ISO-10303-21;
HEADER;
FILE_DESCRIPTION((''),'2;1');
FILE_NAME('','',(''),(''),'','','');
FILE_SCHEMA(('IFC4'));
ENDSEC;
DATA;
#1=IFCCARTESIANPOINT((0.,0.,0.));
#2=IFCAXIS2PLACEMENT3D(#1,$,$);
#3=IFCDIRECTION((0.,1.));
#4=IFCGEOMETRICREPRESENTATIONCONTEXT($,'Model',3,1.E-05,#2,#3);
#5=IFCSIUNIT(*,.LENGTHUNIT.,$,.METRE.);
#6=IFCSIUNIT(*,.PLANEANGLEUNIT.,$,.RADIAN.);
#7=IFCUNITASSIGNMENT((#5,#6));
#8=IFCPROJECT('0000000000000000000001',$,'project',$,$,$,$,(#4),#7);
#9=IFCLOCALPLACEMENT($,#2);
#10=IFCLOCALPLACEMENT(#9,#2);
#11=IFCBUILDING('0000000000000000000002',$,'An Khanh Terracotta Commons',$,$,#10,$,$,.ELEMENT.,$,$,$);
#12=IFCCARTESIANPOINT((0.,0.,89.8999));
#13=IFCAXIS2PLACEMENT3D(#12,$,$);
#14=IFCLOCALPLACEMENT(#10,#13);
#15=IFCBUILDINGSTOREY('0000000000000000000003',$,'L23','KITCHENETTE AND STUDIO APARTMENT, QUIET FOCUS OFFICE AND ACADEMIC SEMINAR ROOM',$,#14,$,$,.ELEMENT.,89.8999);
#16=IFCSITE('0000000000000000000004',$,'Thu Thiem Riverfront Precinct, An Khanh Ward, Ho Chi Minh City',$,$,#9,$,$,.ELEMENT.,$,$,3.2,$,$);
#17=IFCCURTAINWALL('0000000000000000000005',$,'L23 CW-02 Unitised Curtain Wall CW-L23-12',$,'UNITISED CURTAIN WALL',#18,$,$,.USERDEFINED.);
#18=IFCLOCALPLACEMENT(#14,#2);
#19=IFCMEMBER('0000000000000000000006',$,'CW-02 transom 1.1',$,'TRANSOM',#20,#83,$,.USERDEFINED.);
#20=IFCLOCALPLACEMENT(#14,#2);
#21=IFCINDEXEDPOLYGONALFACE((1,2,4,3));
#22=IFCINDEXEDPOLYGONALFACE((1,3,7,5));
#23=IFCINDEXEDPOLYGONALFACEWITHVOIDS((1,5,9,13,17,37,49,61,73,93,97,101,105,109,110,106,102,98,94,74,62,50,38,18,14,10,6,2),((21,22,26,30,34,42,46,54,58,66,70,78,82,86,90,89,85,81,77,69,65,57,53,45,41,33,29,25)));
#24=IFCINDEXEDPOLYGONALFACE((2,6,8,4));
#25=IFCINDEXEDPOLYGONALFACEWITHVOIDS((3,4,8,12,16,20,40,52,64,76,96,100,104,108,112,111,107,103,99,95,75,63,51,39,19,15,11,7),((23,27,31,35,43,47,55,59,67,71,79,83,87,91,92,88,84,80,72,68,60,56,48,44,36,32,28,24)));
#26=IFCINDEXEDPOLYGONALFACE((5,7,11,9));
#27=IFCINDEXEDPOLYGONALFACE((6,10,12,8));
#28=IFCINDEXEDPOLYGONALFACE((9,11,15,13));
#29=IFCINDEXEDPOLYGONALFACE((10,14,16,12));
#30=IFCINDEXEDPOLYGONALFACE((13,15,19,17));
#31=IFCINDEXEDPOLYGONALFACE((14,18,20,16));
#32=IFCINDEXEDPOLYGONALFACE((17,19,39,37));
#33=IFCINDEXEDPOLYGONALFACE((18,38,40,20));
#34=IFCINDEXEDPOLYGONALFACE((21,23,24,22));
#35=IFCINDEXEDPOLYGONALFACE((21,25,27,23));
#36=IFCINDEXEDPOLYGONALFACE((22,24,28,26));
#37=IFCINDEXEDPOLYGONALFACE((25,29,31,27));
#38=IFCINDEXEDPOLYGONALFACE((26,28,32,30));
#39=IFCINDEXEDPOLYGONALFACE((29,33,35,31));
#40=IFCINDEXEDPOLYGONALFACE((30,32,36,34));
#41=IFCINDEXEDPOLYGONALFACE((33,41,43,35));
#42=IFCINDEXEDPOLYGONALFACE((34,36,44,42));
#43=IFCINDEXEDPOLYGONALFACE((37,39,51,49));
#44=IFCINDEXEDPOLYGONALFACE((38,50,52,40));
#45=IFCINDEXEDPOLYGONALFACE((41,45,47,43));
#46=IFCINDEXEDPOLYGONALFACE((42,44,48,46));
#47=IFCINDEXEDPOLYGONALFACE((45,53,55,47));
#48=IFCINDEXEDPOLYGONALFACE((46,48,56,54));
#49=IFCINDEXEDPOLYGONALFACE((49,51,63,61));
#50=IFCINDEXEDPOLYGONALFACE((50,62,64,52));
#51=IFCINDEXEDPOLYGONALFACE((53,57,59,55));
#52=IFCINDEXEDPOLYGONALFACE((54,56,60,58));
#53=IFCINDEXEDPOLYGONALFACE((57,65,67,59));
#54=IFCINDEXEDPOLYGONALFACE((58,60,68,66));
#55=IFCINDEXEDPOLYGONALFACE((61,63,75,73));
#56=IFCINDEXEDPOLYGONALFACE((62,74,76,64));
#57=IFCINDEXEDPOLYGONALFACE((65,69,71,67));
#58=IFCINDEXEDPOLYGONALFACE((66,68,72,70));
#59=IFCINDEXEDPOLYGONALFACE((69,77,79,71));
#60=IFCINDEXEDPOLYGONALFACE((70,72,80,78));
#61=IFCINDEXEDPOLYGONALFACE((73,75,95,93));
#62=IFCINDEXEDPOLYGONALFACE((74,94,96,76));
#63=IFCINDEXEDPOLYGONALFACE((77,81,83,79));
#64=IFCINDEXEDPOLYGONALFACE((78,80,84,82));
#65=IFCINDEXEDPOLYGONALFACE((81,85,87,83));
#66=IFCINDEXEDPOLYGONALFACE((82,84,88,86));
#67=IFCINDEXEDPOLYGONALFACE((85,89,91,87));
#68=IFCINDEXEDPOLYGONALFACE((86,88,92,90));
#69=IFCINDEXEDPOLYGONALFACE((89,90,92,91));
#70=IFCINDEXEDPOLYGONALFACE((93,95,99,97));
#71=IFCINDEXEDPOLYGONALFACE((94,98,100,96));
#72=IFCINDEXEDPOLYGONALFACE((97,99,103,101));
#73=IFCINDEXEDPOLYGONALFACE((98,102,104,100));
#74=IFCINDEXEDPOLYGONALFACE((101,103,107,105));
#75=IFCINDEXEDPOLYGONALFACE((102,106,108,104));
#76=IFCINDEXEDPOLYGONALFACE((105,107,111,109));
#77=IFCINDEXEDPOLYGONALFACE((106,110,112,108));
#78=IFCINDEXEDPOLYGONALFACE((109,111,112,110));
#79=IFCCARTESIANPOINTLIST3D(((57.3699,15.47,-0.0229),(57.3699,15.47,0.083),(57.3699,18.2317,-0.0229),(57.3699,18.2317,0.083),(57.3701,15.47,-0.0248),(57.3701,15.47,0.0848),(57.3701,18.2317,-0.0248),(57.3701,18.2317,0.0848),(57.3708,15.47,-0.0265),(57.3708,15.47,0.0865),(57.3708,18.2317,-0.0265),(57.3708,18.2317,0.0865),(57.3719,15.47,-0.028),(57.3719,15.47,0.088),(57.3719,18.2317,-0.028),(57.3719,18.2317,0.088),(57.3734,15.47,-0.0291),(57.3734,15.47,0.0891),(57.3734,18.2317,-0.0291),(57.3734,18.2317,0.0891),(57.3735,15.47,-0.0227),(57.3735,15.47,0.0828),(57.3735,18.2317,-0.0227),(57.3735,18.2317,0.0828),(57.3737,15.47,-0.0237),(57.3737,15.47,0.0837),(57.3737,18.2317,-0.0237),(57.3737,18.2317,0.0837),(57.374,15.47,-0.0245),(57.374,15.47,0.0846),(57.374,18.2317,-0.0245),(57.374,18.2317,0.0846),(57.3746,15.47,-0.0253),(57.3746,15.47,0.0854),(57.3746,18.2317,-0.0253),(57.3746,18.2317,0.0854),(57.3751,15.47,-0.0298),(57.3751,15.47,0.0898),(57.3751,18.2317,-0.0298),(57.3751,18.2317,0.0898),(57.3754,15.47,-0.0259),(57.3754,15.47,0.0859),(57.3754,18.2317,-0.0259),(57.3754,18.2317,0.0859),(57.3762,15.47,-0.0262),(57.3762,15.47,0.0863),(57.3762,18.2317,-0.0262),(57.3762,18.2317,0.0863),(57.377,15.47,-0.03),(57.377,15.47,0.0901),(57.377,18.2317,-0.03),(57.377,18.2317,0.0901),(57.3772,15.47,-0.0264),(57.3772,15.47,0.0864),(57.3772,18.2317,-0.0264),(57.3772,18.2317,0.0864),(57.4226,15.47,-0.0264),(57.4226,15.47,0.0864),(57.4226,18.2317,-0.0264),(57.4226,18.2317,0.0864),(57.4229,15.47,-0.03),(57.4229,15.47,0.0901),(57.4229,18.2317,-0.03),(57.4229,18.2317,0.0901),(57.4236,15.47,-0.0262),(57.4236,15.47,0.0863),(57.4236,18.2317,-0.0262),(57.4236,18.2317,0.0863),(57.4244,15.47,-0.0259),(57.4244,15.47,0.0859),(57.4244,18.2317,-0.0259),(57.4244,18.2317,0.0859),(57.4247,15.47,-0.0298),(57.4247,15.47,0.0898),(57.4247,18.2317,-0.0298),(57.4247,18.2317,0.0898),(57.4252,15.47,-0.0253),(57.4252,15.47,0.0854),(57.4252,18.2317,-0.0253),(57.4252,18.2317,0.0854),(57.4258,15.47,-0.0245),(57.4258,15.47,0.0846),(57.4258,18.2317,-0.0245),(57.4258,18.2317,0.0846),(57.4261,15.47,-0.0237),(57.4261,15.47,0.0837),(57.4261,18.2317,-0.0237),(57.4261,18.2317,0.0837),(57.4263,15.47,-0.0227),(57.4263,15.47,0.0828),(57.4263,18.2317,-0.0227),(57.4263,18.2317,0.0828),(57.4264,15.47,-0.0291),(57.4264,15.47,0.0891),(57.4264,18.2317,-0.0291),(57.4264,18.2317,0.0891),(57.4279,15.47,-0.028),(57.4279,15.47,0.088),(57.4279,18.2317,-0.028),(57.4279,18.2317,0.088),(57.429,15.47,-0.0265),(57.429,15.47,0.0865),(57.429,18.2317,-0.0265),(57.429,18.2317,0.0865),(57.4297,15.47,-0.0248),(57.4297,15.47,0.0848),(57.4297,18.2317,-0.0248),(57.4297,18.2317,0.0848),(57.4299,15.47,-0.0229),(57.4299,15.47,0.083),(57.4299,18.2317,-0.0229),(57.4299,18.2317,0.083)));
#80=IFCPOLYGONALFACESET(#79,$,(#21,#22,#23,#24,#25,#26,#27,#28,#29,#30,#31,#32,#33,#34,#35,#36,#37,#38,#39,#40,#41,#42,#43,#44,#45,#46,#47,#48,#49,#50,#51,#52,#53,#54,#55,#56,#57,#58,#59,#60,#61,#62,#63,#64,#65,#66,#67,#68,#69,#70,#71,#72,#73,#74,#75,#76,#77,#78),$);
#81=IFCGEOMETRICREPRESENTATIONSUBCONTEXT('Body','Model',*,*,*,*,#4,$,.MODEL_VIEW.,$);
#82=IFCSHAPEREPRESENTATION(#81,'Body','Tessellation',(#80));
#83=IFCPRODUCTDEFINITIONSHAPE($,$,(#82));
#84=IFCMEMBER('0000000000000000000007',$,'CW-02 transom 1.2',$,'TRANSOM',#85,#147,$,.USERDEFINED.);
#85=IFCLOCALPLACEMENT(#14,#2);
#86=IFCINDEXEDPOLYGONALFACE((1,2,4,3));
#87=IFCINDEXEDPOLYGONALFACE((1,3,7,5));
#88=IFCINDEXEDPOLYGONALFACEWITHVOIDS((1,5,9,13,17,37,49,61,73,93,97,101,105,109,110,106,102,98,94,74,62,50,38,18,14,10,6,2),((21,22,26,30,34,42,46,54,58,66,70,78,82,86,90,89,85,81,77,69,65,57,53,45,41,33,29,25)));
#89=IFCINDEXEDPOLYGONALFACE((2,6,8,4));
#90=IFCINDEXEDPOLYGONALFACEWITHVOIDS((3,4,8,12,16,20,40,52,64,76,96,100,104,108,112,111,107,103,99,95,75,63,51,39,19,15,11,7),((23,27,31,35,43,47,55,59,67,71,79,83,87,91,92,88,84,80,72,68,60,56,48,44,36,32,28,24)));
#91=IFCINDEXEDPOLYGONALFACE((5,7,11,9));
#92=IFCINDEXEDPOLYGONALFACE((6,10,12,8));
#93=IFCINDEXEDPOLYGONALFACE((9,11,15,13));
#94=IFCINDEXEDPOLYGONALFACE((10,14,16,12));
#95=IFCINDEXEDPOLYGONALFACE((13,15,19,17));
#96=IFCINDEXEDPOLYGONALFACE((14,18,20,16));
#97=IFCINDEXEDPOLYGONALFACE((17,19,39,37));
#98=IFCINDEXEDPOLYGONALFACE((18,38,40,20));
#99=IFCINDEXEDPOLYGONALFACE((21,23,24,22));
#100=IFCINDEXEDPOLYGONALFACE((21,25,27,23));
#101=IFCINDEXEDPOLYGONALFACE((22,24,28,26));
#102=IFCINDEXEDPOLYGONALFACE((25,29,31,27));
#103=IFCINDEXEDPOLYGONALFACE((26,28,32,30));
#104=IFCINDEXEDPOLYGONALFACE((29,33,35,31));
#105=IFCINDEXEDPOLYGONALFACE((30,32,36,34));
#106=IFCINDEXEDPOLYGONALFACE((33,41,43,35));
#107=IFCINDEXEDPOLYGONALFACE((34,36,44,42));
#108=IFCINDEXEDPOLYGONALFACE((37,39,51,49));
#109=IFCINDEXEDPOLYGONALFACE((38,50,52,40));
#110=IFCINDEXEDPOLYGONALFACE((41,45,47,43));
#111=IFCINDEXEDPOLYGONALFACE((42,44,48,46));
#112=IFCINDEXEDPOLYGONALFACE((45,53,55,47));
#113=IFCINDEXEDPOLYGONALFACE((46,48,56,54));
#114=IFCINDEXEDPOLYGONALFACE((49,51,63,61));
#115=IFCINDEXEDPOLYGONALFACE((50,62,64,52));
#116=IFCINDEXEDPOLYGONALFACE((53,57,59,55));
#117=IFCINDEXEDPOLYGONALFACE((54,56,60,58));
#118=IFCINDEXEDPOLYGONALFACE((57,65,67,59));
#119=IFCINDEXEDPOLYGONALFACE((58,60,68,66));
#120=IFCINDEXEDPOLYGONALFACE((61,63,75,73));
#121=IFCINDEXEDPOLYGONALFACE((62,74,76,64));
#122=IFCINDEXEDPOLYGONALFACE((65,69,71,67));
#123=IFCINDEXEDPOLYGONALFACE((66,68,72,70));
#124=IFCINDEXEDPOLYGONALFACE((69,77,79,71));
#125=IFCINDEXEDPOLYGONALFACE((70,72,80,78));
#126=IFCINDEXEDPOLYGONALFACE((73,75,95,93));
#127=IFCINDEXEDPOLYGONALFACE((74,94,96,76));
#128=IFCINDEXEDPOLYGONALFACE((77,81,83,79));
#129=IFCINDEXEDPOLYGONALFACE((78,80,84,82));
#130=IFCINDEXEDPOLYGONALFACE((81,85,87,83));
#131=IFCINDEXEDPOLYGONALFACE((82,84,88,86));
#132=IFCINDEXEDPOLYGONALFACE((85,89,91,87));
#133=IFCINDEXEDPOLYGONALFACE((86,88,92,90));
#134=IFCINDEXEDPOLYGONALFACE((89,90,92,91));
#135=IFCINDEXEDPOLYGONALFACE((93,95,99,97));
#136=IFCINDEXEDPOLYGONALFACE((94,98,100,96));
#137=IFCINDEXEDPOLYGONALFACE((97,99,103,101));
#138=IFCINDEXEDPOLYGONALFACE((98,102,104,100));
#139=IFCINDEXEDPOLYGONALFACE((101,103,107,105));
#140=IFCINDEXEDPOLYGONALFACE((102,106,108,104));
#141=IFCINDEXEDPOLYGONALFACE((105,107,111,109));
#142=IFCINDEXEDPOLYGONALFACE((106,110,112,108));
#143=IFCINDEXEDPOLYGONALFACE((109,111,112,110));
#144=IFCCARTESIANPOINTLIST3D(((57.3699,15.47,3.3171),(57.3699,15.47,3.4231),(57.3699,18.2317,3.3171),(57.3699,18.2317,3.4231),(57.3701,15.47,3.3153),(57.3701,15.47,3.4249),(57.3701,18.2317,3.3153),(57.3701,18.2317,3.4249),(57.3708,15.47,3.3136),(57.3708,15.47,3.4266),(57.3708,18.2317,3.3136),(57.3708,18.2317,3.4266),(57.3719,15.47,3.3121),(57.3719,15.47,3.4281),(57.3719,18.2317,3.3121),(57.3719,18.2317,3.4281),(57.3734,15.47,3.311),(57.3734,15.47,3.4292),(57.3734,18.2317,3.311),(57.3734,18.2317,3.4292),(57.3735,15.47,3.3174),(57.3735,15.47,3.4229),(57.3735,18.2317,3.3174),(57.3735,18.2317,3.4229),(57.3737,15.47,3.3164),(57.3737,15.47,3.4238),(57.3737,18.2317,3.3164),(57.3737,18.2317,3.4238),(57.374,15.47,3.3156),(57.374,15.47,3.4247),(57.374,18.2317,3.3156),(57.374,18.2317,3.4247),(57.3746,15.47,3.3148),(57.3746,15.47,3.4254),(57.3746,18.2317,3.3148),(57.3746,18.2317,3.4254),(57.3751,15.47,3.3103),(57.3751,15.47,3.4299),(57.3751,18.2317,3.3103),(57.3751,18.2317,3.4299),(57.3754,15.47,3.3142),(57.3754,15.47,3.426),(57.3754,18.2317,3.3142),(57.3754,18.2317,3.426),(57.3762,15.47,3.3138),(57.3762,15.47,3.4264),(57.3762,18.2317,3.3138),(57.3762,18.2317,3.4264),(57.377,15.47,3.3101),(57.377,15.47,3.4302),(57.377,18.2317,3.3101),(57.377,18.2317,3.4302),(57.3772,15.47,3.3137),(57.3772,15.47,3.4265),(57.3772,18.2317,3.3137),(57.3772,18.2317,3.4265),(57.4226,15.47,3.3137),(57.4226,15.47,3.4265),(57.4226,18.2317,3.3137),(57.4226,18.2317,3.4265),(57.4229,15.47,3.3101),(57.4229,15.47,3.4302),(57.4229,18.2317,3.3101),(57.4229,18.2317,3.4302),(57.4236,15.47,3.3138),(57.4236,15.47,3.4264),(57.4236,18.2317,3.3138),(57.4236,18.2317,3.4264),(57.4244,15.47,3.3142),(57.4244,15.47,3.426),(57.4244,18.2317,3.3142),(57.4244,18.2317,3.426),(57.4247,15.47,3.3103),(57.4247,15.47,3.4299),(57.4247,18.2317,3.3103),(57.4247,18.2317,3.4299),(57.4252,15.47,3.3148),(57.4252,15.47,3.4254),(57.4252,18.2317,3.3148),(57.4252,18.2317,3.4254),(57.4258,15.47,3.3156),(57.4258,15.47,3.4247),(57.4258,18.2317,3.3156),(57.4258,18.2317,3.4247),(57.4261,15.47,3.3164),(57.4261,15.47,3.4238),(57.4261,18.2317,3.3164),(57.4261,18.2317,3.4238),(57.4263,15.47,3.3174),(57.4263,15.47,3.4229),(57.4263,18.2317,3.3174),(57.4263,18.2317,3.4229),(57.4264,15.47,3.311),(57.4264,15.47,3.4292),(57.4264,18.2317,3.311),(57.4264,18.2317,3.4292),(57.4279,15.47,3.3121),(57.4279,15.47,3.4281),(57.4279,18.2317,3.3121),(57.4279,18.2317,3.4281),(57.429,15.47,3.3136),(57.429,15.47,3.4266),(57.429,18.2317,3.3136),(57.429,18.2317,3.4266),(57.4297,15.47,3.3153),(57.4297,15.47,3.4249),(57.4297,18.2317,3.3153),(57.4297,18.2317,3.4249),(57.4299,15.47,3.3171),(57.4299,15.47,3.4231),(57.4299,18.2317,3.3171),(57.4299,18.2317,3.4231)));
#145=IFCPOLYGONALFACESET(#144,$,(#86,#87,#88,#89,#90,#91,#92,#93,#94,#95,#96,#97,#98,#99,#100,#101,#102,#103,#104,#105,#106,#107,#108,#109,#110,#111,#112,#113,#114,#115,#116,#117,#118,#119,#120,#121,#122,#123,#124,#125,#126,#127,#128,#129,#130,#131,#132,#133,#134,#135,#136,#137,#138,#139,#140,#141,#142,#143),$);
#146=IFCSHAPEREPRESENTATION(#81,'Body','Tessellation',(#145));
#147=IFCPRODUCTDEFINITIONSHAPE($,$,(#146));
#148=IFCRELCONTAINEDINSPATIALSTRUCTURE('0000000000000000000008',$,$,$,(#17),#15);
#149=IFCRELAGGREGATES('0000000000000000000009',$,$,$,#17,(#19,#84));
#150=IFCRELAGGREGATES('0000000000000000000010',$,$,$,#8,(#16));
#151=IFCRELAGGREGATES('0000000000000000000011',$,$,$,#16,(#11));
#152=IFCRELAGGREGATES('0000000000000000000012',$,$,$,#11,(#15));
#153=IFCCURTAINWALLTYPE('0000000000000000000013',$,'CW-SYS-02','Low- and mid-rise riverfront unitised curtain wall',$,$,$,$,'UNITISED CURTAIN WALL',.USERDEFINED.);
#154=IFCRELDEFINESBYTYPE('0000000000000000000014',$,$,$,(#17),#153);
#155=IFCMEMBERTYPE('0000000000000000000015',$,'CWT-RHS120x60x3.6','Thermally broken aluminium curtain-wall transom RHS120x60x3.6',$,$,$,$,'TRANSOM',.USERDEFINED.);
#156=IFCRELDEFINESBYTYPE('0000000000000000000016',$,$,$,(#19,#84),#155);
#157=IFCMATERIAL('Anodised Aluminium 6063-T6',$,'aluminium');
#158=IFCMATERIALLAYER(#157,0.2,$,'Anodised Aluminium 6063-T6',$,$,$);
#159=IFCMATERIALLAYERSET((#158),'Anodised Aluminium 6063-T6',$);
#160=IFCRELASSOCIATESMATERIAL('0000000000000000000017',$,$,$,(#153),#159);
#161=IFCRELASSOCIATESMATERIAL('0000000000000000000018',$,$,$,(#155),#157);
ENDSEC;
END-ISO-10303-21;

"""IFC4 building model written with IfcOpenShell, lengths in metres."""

from ifc_helpers import new_model, si_unit, direction, frame, origin, origin_2d, place, context, subcontext, project, spatial, hollow_rectangle, extrude, material, layer, layer_set, material_profile, profile_set, type_object, element, aggregate, save


model = new_model("IFC4")

# Units and contexts
model_context = context("Model", 3, precision=1e-05, world=origin(), true_north=direction((0.0, 1.0)))
body_context = subcontext(model_context, "Body", "Model", "MODEL_VIEW")
ifc_project = project(units=[si_unit("LENGTHUNIT", "METRE"), si_unit("PLANEANGLEUNIT", "RADIAN")], contexts=[model_context])

# Site, building, storey
site_placement = place(None, origin())
site = spatial("IfcSite", under=ifc_project, at=site_placement, Name="Thu Thiem Riverfront Precinct, An Khanh Ward, Ho Chi Minh City", CompositionType="ELEMENT", RefElevation=3.2)
building_placement = place(site_placement, origin())
building = spatial("IfcBuilding", under=site, at=building_placement, Name="An Khanh Terracotta Commons", CompositionType="ELEMENT")
storey_placement = place(building_placement, frame((0.0, 0.0, 89.8999)))
storey = spatial("IfcBuildingStorey", under=building, at=storey_placement, Name="L23", Description="KITCHENETTE AND STUDIO APARTMENT, QUIET FOCUS OFFICE AND ACADEMIC SEMINAR ROOM", CompositionType="ELEMENT", Elevation=89.8999)

# Curtain wall
ifc_material_1 = material(Name="Anodised Aluminium 6063-T6", Category="aluminium")
ifc_layer_1 = layer(ifc_material_1, 0.2, Name="Anodised Aluminium 6063-T6")
ifc_layer_set_1 = layer_set([ifc_layer_1], Name="Anodised Aluminium 6063-T6")
curtain_wall_type = type_object("IfcCurtainWallType", Name="CW-SYS-02", Description="Low- and mid-rise riverfront unitised curtain wall", ElementType="UNITISED CURTAIN WALL", PredefinedType="USERDEFINED", material=ifc_layer_set_1)
curtain_wall_1_placement = place(storey_placement, origin())
curtain_wall_1 = element("IfcCurtainWall", 1, at=curtain_wall_1_placement, inside=storey, type_object=curtain_wall_type, Name="L23 CW-02 Unitised Curtain Wall CW-L23-12", ObjectType="UNITISED CURTAIN WALL", PredefinedType="USERDEFINED")

# Members
ifc_material_profile_1 = material_profile(ifc_material_1, hollow_rectangle(XDim=0.0601, YDim=0.1201, WallThickness=0.0037, InnerFilletRadius=0.0037, OuterFilletRadius=0.0071, at=origin_2d()), Name="RHS120x60x3.6")
ifc_profile_set_1 = profile_set([ifc_material_profile_1], Name="Anodised Aluminium 6063-T6")
member_type_1 = type_object("IfcMemberType", Name="CWT-RHS120x60x3.6", Description="Thermally broken aluminium curtain-wall transom RHS120x60x3.6", ElementType="TRANSOM", PredefinedType="USERDEFINED", material=ifc_profile_set_1)
member_1_placement = place(storey_placement, frame((57.3999, 15.47, 0.03), z_axis=(0.0, 1.0, 0.0), x_axis=(-1.0, 0.0, 0.0)))
member_1 = element("IfcMember", 2, at=member_1_placement, type_object=member_type_1, Name="CW-02 transom 1.1", ObjectType="TRANSOM", PredefinedType="USERDEFINED", context=body_context, shape_type="SweptSolid", body=[
    extrude(hollow_rectangle(XDim=0.0601, YDim=0.1201, WallThickness=0.0037, InnerFilletRadius=0.0037, OuterFilletRadius=0.0071, at=origin_2d()), origin(), (0.0, 0.0, 1.0), 2.7617),
])
member_2_placement = place(storey_placement, frame((57.3999, 15.47, 3.3701), z_axis=(0.0, 1.0, 0.0), x_axis=(-1.0, 0.0, 0.0)))
member_2 = element("IfcMember", 3, at=member_2_placement, type_object=member_type_1, Name="CW-02 transom 1.2", ObjectType="TRANSOM", PredefinedType="USERDEFINED", context=body_context, shape_type="SweptSolid", body=[
    extrude(hollow_rectangle(XDim=0.0601, YDim=0.1201, WallThickness=0.0037, InnerFilletRadius=0.0037, OuterFilletRadius=0.0071, at=origin_2d()), origin(), (0.0, 0.0, 1.0), 2.7617),
])

aggregate(curtain_wall_1, [member_1, member_2])

save(model, "model.ifc")
